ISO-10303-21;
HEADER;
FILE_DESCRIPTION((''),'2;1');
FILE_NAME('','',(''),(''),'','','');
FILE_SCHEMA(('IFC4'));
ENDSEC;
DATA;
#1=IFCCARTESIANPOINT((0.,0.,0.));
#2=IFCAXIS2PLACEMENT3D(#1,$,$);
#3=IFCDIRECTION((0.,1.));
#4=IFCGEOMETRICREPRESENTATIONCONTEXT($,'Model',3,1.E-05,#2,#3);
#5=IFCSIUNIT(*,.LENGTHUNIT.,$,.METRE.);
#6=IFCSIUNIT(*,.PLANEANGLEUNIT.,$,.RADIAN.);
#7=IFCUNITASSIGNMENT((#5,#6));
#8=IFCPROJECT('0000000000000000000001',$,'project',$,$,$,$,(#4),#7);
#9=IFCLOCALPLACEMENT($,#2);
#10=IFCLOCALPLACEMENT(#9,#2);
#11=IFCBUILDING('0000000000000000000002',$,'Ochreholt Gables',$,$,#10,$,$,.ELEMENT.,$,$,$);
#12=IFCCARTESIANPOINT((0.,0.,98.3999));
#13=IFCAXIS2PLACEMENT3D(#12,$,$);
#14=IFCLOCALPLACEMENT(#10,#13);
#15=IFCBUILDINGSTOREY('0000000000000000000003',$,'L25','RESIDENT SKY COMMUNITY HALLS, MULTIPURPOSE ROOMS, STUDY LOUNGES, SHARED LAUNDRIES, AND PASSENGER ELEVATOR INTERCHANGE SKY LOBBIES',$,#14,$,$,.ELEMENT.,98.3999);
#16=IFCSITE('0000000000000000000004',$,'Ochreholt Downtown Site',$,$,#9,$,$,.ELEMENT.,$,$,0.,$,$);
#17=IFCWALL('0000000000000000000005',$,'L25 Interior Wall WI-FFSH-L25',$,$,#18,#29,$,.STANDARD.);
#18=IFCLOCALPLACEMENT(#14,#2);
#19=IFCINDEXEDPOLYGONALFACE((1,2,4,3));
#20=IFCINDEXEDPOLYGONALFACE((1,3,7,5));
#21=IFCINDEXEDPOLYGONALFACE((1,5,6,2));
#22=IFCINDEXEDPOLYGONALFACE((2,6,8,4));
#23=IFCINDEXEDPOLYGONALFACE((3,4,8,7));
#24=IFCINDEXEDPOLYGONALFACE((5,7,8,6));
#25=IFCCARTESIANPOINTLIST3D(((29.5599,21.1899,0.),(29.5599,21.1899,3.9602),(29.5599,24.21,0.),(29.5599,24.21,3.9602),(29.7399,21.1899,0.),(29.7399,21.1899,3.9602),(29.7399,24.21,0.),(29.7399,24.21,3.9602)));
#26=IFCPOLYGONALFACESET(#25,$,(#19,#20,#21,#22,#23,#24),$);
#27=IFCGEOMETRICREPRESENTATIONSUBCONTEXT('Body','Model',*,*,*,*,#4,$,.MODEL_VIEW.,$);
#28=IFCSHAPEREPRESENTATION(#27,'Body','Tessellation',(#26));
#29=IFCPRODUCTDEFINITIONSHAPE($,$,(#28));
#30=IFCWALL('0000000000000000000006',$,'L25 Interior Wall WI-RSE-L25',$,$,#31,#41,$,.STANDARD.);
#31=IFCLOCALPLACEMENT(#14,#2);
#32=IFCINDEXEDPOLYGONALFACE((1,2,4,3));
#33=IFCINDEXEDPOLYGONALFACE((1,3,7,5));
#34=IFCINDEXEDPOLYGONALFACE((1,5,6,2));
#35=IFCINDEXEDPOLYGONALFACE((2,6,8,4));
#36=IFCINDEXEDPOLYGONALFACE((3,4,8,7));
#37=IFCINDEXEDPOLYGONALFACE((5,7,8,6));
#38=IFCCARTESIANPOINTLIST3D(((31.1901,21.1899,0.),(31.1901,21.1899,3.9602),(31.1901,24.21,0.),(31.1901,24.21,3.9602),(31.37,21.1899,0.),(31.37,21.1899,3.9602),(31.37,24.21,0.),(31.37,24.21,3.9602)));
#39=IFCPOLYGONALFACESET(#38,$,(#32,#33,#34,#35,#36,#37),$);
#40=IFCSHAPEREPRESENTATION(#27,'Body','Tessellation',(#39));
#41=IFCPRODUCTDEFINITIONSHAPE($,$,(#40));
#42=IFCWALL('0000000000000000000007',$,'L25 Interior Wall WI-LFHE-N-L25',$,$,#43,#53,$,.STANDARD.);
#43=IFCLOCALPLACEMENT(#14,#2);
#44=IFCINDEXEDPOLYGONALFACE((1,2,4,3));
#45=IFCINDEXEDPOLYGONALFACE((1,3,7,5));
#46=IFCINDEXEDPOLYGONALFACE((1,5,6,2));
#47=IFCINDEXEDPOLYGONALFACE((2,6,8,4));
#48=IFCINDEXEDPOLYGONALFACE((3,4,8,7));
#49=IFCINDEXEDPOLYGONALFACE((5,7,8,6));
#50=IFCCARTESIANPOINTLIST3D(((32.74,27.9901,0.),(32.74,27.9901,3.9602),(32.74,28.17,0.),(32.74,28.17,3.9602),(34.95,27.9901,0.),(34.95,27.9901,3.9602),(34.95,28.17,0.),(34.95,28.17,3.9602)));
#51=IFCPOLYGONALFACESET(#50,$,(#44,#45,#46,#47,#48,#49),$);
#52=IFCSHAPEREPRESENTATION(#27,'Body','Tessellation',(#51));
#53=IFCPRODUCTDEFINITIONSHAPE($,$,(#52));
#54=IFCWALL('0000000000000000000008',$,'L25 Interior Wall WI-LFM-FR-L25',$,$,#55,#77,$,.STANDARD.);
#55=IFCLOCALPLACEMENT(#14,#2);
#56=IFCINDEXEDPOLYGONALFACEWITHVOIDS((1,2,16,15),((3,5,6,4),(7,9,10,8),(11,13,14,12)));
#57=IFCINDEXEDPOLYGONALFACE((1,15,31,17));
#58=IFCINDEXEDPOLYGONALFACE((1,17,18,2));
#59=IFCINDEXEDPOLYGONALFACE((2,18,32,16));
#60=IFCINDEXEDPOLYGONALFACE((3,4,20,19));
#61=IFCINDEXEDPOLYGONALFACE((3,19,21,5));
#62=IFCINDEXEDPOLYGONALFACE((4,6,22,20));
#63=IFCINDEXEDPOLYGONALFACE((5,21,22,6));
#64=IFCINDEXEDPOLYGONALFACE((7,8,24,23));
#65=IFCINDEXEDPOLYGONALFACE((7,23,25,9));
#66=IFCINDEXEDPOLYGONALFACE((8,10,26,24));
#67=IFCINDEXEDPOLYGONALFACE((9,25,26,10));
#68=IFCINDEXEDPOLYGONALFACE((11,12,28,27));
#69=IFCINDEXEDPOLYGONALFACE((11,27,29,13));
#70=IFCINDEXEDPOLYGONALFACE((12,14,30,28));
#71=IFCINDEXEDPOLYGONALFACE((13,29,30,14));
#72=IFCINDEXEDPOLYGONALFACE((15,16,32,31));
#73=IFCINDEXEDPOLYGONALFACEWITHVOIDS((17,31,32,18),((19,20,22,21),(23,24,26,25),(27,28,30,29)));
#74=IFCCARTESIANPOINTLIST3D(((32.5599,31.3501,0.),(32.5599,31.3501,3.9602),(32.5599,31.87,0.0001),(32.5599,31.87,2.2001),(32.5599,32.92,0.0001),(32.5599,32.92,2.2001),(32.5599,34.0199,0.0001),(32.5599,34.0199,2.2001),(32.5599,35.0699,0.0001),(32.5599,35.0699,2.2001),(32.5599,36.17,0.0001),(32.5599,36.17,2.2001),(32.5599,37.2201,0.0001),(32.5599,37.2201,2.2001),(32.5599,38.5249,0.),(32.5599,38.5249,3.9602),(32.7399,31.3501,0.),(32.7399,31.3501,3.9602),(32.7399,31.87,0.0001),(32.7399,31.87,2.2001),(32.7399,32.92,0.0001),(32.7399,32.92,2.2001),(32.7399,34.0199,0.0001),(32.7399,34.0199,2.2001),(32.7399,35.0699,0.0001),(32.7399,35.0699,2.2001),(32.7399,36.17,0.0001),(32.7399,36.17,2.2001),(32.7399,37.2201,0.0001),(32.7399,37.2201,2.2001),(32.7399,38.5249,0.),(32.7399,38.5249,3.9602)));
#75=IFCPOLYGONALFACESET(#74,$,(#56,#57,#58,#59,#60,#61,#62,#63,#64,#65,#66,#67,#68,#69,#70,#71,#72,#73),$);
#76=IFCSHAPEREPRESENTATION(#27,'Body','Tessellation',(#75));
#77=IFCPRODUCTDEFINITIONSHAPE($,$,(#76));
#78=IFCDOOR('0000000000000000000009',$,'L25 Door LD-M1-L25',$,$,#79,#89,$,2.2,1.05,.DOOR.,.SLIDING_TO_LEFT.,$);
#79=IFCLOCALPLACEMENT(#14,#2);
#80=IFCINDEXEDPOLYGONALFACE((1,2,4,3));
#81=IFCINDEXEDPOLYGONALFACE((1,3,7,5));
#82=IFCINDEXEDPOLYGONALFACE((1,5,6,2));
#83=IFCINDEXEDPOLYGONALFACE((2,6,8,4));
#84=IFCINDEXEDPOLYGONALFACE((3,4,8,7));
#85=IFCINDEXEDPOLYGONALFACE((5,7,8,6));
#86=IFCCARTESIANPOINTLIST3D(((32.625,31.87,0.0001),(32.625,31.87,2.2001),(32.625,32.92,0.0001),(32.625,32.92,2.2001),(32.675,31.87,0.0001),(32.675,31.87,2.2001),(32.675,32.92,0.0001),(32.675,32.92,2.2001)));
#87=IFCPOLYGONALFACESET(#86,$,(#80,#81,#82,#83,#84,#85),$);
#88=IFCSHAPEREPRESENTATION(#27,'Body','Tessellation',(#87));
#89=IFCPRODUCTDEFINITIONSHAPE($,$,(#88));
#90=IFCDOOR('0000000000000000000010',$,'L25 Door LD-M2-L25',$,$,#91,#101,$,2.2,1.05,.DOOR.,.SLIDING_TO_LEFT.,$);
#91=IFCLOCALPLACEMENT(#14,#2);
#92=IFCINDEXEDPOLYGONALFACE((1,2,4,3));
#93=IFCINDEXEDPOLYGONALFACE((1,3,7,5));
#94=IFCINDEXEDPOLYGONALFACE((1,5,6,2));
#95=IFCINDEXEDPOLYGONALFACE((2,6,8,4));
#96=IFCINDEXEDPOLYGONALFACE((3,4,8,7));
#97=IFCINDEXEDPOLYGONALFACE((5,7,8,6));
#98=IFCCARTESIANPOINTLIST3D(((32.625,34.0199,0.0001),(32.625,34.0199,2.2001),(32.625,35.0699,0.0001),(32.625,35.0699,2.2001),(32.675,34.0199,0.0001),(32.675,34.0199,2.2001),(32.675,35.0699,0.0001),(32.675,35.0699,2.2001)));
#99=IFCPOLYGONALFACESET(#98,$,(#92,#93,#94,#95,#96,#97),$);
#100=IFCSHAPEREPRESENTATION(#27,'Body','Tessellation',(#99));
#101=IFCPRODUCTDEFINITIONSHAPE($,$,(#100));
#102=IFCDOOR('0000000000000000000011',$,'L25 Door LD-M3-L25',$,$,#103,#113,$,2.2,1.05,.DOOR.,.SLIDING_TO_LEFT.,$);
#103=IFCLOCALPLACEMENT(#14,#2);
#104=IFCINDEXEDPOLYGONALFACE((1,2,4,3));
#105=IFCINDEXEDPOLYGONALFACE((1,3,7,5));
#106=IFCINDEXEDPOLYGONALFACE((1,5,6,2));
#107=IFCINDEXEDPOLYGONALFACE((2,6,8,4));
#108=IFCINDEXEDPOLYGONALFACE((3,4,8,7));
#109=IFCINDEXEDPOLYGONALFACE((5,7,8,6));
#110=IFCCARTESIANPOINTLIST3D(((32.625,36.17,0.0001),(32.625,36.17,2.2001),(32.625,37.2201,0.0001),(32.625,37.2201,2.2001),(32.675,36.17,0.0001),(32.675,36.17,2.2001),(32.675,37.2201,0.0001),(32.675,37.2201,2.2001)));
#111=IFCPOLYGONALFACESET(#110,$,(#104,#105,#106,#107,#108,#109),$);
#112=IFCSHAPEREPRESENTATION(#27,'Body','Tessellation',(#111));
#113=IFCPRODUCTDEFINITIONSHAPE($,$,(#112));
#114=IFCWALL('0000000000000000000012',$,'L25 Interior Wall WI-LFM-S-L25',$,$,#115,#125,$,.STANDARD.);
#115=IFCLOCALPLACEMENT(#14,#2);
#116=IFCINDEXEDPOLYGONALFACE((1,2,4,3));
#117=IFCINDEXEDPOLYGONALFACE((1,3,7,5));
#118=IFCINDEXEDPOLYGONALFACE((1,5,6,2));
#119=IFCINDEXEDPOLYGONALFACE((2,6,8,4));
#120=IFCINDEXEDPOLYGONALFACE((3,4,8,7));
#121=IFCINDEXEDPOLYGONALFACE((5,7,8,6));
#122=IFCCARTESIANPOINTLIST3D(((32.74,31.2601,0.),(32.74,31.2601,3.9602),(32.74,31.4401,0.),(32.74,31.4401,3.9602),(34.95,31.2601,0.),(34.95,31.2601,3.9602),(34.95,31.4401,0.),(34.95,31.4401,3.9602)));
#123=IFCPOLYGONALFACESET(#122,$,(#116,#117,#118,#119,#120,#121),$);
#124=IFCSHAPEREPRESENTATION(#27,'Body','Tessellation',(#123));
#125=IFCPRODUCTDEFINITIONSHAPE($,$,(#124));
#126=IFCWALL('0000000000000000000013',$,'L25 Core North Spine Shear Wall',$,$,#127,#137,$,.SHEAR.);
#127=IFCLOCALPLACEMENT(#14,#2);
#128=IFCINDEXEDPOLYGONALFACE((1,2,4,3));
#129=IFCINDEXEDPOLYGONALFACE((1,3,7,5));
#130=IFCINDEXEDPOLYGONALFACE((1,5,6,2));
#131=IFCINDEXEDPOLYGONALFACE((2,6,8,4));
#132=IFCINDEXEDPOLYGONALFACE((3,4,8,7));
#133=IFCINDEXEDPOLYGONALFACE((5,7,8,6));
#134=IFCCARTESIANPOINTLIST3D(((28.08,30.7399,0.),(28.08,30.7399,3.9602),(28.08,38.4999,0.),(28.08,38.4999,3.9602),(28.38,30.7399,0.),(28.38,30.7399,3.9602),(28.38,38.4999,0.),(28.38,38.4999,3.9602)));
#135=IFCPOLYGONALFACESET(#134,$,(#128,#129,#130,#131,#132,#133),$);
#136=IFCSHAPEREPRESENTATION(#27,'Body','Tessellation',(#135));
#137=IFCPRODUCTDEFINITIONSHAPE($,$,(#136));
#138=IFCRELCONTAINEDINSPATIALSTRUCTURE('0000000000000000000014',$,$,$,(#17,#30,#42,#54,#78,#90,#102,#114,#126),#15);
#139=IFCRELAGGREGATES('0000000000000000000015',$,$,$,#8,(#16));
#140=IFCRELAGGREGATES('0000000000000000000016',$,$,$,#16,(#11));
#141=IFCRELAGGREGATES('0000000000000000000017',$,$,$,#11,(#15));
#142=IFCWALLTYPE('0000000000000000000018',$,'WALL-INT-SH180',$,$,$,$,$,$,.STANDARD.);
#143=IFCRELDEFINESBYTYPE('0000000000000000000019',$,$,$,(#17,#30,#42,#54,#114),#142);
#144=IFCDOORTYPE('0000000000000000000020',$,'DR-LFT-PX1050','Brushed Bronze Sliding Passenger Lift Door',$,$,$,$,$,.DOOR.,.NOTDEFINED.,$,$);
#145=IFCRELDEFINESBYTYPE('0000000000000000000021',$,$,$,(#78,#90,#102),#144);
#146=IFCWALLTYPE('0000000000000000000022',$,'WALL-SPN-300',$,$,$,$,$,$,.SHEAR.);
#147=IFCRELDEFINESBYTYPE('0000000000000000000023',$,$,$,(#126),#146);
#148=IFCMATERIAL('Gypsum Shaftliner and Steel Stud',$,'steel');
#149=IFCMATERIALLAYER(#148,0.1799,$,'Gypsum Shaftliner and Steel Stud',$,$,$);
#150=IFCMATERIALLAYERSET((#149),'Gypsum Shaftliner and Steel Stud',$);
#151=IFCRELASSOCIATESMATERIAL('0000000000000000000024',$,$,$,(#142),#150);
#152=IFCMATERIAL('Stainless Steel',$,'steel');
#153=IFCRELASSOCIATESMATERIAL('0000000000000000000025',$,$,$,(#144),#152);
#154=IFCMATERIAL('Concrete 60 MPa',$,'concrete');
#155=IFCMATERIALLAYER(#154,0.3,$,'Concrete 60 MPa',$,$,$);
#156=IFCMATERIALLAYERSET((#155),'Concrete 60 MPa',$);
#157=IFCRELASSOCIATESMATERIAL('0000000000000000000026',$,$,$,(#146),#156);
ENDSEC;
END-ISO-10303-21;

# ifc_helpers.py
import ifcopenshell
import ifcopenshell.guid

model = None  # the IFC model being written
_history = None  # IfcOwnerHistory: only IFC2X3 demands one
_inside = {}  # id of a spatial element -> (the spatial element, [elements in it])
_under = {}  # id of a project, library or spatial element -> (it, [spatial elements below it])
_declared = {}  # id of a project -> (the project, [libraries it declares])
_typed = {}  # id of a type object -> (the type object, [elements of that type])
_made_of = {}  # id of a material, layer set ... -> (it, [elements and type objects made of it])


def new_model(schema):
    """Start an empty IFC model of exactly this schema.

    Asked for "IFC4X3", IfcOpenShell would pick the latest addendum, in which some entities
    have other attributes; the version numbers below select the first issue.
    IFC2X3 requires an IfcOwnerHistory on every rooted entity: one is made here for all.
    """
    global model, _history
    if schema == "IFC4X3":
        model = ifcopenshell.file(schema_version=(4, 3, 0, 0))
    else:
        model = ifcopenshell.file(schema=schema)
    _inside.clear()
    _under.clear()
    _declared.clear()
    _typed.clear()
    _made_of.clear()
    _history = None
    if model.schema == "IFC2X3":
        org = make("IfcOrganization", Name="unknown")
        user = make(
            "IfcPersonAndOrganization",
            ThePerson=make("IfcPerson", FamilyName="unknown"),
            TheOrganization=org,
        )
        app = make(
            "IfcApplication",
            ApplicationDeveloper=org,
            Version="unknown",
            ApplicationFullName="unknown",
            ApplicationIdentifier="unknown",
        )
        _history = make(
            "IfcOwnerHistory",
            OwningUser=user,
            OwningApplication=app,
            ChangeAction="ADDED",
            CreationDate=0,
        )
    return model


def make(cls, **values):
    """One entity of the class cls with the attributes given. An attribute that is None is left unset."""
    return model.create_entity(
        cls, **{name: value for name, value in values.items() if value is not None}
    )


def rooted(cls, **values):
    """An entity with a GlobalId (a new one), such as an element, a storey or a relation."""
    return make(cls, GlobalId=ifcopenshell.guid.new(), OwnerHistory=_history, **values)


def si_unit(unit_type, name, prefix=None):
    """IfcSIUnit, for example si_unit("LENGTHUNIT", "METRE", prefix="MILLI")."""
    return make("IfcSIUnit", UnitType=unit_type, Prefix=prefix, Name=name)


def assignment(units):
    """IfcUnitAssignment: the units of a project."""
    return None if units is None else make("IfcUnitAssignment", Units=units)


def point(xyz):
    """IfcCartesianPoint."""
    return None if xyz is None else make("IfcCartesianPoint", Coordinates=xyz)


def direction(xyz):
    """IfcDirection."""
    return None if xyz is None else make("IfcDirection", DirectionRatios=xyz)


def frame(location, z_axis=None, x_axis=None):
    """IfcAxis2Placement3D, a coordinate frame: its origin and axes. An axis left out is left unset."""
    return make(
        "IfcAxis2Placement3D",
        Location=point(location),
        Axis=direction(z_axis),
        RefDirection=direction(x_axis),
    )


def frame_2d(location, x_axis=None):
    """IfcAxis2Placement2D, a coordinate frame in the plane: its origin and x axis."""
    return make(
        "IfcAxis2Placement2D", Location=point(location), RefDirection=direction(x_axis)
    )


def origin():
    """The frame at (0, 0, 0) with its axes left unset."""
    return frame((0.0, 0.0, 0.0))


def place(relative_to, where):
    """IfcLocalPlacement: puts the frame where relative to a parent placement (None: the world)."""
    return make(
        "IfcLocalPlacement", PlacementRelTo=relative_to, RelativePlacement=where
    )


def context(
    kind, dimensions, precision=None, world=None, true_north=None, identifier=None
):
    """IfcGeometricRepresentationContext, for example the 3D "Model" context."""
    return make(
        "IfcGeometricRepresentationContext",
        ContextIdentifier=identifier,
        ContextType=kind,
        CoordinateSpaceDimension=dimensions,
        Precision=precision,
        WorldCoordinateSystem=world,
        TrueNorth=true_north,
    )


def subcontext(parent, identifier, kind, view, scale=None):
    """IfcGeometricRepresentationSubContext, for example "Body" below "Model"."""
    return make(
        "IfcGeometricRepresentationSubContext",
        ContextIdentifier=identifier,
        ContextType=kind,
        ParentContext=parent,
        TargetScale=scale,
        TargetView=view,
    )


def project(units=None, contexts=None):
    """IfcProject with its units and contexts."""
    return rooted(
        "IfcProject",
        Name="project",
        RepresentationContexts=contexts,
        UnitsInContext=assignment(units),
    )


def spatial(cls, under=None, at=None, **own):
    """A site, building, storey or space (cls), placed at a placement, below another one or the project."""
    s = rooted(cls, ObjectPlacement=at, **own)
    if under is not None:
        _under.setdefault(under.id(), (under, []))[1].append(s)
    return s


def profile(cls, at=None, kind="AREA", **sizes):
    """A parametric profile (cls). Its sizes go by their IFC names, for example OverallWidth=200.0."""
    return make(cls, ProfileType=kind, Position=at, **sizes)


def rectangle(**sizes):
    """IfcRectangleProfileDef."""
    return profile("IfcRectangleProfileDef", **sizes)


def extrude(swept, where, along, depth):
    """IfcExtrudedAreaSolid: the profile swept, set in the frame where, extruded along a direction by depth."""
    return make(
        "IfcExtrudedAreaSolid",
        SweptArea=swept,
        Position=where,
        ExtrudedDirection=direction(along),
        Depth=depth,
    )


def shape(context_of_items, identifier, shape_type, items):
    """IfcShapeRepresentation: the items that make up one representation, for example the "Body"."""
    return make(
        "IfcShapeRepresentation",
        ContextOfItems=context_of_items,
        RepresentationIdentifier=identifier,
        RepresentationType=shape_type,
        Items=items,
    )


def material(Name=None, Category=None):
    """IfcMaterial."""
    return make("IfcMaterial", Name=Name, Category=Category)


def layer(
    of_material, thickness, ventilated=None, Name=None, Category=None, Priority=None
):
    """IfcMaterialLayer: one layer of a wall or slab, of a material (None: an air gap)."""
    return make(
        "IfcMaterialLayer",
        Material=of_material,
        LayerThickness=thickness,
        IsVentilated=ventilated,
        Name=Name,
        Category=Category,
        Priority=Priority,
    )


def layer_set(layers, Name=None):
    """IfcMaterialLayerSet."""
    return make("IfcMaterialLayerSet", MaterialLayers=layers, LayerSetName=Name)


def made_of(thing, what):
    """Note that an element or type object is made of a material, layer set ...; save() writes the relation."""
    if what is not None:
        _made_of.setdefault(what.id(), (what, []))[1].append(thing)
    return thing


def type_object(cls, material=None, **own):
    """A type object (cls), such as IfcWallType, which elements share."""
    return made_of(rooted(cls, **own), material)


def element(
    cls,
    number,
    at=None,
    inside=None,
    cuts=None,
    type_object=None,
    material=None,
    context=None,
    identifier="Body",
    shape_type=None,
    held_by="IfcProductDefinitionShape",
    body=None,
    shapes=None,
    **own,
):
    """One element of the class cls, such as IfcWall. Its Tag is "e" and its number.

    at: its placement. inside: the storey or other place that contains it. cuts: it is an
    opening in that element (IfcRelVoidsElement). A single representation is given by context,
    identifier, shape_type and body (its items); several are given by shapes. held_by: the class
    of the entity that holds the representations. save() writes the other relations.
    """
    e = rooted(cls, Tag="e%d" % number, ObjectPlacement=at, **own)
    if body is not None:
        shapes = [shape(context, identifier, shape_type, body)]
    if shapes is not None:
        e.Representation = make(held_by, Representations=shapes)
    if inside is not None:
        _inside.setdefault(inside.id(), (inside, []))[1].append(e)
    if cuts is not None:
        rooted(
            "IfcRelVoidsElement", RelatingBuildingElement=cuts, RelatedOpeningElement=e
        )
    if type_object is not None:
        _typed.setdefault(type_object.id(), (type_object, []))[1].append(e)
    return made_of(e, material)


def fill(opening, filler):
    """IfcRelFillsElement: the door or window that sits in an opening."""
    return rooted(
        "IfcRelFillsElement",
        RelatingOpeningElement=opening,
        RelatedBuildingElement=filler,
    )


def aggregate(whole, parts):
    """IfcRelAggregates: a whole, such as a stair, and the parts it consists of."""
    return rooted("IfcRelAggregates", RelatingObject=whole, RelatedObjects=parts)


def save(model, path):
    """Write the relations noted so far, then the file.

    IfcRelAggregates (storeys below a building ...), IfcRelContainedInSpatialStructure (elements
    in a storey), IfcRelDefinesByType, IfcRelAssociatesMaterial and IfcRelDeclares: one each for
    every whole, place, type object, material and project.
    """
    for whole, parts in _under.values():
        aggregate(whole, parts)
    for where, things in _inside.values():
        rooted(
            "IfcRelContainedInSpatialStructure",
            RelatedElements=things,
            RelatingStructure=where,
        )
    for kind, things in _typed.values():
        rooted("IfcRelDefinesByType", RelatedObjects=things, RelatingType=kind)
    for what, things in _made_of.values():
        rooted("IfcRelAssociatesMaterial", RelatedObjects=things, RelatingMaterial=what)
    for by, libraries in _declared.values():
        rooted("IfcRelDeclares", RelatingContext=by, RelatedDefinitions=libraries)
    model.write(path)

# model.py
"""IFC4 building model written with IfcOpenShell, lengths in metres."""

from ifc_helpers import new_model, si_unit, direction, frame, frame_2d, origin, place, context, subcontext, project, spatial, rectangle, extrude, material, layer, layer_set, type_object, element, fill, save


model = new_model("IFC4")

# Units and contexts
model_context = context("Model", 3, precision=1e-05, world=origin(), true_north=direction((0.0, 1.0)))
body_context = subcontext(model_context, "Body", "Model", "MODEL_VIEW")
ifc_project = project(units=[si_unit("LENGTHUNIT", "METRE"), si_unit("PLANEANGLEUNIT", "RADIAN")], contexts=[model_context])

# Site, building, storey
site_placement = place(None, origin())
site = spatial("IfcSite", under=ifc_project, at=site_placement, Name="Ochreholt Downtown Site", CompositionType="ELEMENT", RefElevation=0.0)
building_placement = place(site_placement, origin())
building = spatial("IfcBuilding", under=site, at=building_placement, Name="Ochreholt Gables", CompositionType="ELEMENT")
storey_placement = place(building_placement, frame((0.0, 0.0, 98.3999)))
storey = spatial("IfcBuildingStorey", under=building, at=storey_placement, Name="L25", Description="RESIDENT SKY COMMUNITY HALLS, MULTIPURPOSE ROOMS, STUDY LOUNGES, SHARED LAUNDRIES, AND PASSENGER ELEVATOR INTERCHANGE SKY LOBBIES", CompositionType="ELEMENT", Elevation=98.3999)

# Shared definitions
ifc_material_1 = material(Name="Concrete 60 MPa", Category="concrete")

# Walls
ifc_material_2 = material(Name="Gypsum Shaftliner and Steel Stud", Category="steel")
ifc_layer_1 = layer(ifc_material_2, 0.1799, Name="Gypsum Shaftliner and Steel Stud")
ifc_layer_set_1 = layer_set([ifc_layer_1], Name="Gypsum Shaftliner and Steel Stud")
wall_type_1 = type_object("IfcWallType", Name="WALL-INT-SH180", PredefinedType="STANDARD", material=ifc_layer_set_1)
for number, where, z_axis, x_axis, name in (
    (1, (29.6499, 21.1899, 0.0), (0.0, 0.0, 1.0), (0.0, 1.0, 0.0), "L25 Interior Wall WI-FFSH-L25"),
    (2, (31.28, 21.1899, 0.0), (0.0, 0.0, 1.0), (0.0, 1.0, 0.0), "L25 Interior Wall WI-RSE-L25"),
):
    element("IfcWall", number, at=place(storey_placement, frame(where, z_axis=z_axis, x_axis=x_axis)), inside=storey, type_object=wall_type_1, Name=name, PredefinedType="STANDARD", context=body_context, shape_type="SweptSolid", body=[
        extrude(rectangle(XDim=3.02, YDim=0.1799, at=frame_2d((1.51, 0.0))), origin(), (0.0, 0.0, 1.0), 3.9602),
    ])
wall_1_placement = place(storey_placement, frame((32.74, 28.0801, 0.0), z_axis=(0.0, 0.0, 1.0), x_axis=(1.0, 0.0, 0.0)))
element("IfcWall", 3, at=wall_1_placement, inside=storey, type_object=wall_type_1, Name="L25 Interior Wall WI-LFHE-N-L25", PredefinedType="STANDARD", context=body_context, shape_type="SweptSolid", body=[
    extrude(rectangle(XDim=2.21, YDim=0.1799, at=frame_2d((1.105, 0.0))), origin(), (0.0, 0.0, 1.0), 3.9602),
])

# Wall, openings, doors
wall_2_placement = place(storey_placement, frame((32.6499, 31.3501, 0.0), z_axis=(0.0, 0.0, 1.0), x_axis=(0.0, 1.0, 0.0)))
wall_2 = element("IfcWall", 4, at=wall_2_placement, inside=storey, type_object=wall_type_1, Name="L25 Interior Wall WI-LFM-FR-L25", PredefinedType="STANDARD", context=body_context, shape_type="SweptSolid", body=[
    extrude(rectangle(XDim=7.1748, YDim=0.1799, at=frame_2d((3.5874, 0.0))), origin(), (0.0, 0.0, 1.0), 3.9602),
])
opening_1_placement = place(wall_2_placement, frame((0.52, 0.0, 0.0)))
opening_1 = element("IfcOpeningElement", 5, at=opening_1_placement, cuts=wall_2, PredefinedType="OPENING", context=body_context, shape_type="SweptSolid", body=[
    extrude(rectangle(XDim=1.05, YDim=2.2, at=frame_2d((0.5249, 1.1001))), frame((0.0, 0.0999, 0.0), z_axis=(0.0, -1.0, 0.0), x_axis=(1.0, 0.0, 0.0)), (0.0, 0.0, 1.0), 0.2),
])
opening_2_placement = place(wall_2_placement, frame((2.6699, 0.0, 0.0)))
opening_2 = element("IfcOpeningElement", 6, at=opening_2_placement, cuts=wall_2, PredefinedType="OPENING", context=body_context, shape_type="SweptSolid", body=[
    extrude(rectangle(XDim=1.05, YDim=2.2, at=frame_2d((0.5249, 1.1001))), frame((0.0, 0.0999, 0.0), z_axis=(0.0, -1.0, 0.0), x_axis=(1.0, 0.0, 0.0)), (0.0, 0.0, 1.0), 0.2),
])
opening_3_placement = place(wall_2_placement, frame((4.8201, 0.0, 0.0)))
opening_3 = element("IfcOpeningElement", 7, at=opening_3_placement, cuts=wall_2, PredefinedType="OPENING", context=body_context, shape_type="SweptSolid", body=[
    extrude(rectangle(XDim=1.05, YDim=2.2, at=frame_2d((0.5249, 1.1001))), frame((0.0, 0.0999, 0.0), z_axis=(0.0, -1.0, 0.0), x_axis=(1.0, 0.0, 0.0)), (0.0, 0.0, 1.0), 0.2),
])
ifc_material_3 = material(Name="Stainless Steel", Category="steel")
door_type_1 = type_object("IfcDoorType", Name="DR-LFT-PX1050", Description="Brushed Bronze Sliding Passenger Lift Door", OperationType="NOTDEFINED", PredefinedType="DOOR", material=ifc_material_3)
door_1_placement = place(opening_1_placement, origin())
door_1 = element("IfcDoor", 8, at=door_1_placement, inside=storey, type_object=door_type_1, Name="L25 Door LD-M1-L25", OperationType="SLIDING_TO_LEFT", OverallHeight=2.2, OverallWidth=1.05, PredefinedType="DOOR", context=body_context, shape_type="SweptSolid", body=[
    extrude(rectangle(XDim=1.05, YDim=2.2, at=frame_2d((0.5249, 1.1001))), frame((0.0, 0.0249, 0.0), z_axis=(0.0, -1.0, 0.0), x_axis=(1.0, 0.0, 0.0)), (0.0, 0.0, 1.0), 0.05),
])
fill(opening_1, door_1)
door_2_placement = place(opening_2_placement, origin())
door_2 = element("IfcDoor", 9, at=door_2_placement, inside=storey, type_object=door_type_1, Name="L25 Door LD-M2-L25", OperationType="SLIDING_TO_LEFT", OverallHeight=2.2, OverallWidth=1.05, PredefinedType="DOOR", context=body_context, shape_type="SweptSolid", body=[
    extrude(rectangle(XDim=1.05, YDim=2.2, at=frame_2d((0.5249, 1.1001))), frame((0.0, 0.0249, 0.0), z_axis=(0.0, -1.0, 0.0), x_axis=(1.0, 0.0, 0.0)), (0.0, 0.0, 1.0), 0.05),
])
fill(opening_2, door_2)
door_3_placement = place(opening_3_placement, origin())
door_3 = element("IfcDoor", 10, at=door_3_placement, inside=storey, type_object=door_type_1, Name="L25 Door LD-M3-L25", OperationType="SLIDING_TO_LEFT", OverallHeight=2.2, OverallWidth=1.05, PredefinedType="DOOR", context=body_context, shape_type="SweptSolid", body=[
    extrude(rectangle(XDim=1.05, YDim=2.2, at=frame_2d((0.5249, 1.1001))), frame((0.0, 0.0249, 0.0), z_axis=(0.0, -1.0, 0.0), x_axis=(1.0, 0.0, 0.0)), (0.0, 0.0, 1.0), 0.05),
])
fill(opening_3, door_3)

# Walls
wall_3_placement = place(storey_placement, frame((32.74, 31.3501, 0.0), z_axis=(0.0, 0.0, 1.0), x_axis=(1.0, 0.0, 0.0)))
element("IfcWall", 11, at=wall_3_placement, inside=storey, type_object=wall_type_1, Name="L25 Interior Wall WI-LFM-S-L25", PredefinedType="STANDARD", context=body_context, shape_type="SweptSolid", body=[
    extrude(rectangle(XDim=2.21, YDim=0.1799, at=frame_2d((1.105, 0.0))), origin(), (0.0, 0.0, 1.0), 3.9602),
])
ifc_layer_2 = layer(ifc_material_1, 0.3, Name="Concrete 60 MPa")
ifc_layer_set_2 = layer_set([ifc_layer_2], Name="Concrete 60 MPa")
wall_type_2 = type_object("IfcWallType", Name="WALL-SPN-300", PredefinedType="SHEAR", material=ifc_layer_set_2)
wall_4_placement = place(storey_placement, frame((28.23, 30.74, 0.0), z_axis=(0.0, 0.0, 1.0), x_axis=(0.0, 1.0, 0.0)))
element("IfcWall", 12, at=wall_4_placement, inside=storey, type_object=wall_type_2, Name="L25 Core North Spine Shear Wall", PredefinedType="SHEAR", context=body_context, shape_type="SweptSolid", body=[
    extrude(rectangle(XDim=7.76, YDim=0.3, at=frame_2d((3.8799, 0.0))), origin(), (0.0, 0.0, 1.0), 3.9602),
])

save(model, "model.ifc")
